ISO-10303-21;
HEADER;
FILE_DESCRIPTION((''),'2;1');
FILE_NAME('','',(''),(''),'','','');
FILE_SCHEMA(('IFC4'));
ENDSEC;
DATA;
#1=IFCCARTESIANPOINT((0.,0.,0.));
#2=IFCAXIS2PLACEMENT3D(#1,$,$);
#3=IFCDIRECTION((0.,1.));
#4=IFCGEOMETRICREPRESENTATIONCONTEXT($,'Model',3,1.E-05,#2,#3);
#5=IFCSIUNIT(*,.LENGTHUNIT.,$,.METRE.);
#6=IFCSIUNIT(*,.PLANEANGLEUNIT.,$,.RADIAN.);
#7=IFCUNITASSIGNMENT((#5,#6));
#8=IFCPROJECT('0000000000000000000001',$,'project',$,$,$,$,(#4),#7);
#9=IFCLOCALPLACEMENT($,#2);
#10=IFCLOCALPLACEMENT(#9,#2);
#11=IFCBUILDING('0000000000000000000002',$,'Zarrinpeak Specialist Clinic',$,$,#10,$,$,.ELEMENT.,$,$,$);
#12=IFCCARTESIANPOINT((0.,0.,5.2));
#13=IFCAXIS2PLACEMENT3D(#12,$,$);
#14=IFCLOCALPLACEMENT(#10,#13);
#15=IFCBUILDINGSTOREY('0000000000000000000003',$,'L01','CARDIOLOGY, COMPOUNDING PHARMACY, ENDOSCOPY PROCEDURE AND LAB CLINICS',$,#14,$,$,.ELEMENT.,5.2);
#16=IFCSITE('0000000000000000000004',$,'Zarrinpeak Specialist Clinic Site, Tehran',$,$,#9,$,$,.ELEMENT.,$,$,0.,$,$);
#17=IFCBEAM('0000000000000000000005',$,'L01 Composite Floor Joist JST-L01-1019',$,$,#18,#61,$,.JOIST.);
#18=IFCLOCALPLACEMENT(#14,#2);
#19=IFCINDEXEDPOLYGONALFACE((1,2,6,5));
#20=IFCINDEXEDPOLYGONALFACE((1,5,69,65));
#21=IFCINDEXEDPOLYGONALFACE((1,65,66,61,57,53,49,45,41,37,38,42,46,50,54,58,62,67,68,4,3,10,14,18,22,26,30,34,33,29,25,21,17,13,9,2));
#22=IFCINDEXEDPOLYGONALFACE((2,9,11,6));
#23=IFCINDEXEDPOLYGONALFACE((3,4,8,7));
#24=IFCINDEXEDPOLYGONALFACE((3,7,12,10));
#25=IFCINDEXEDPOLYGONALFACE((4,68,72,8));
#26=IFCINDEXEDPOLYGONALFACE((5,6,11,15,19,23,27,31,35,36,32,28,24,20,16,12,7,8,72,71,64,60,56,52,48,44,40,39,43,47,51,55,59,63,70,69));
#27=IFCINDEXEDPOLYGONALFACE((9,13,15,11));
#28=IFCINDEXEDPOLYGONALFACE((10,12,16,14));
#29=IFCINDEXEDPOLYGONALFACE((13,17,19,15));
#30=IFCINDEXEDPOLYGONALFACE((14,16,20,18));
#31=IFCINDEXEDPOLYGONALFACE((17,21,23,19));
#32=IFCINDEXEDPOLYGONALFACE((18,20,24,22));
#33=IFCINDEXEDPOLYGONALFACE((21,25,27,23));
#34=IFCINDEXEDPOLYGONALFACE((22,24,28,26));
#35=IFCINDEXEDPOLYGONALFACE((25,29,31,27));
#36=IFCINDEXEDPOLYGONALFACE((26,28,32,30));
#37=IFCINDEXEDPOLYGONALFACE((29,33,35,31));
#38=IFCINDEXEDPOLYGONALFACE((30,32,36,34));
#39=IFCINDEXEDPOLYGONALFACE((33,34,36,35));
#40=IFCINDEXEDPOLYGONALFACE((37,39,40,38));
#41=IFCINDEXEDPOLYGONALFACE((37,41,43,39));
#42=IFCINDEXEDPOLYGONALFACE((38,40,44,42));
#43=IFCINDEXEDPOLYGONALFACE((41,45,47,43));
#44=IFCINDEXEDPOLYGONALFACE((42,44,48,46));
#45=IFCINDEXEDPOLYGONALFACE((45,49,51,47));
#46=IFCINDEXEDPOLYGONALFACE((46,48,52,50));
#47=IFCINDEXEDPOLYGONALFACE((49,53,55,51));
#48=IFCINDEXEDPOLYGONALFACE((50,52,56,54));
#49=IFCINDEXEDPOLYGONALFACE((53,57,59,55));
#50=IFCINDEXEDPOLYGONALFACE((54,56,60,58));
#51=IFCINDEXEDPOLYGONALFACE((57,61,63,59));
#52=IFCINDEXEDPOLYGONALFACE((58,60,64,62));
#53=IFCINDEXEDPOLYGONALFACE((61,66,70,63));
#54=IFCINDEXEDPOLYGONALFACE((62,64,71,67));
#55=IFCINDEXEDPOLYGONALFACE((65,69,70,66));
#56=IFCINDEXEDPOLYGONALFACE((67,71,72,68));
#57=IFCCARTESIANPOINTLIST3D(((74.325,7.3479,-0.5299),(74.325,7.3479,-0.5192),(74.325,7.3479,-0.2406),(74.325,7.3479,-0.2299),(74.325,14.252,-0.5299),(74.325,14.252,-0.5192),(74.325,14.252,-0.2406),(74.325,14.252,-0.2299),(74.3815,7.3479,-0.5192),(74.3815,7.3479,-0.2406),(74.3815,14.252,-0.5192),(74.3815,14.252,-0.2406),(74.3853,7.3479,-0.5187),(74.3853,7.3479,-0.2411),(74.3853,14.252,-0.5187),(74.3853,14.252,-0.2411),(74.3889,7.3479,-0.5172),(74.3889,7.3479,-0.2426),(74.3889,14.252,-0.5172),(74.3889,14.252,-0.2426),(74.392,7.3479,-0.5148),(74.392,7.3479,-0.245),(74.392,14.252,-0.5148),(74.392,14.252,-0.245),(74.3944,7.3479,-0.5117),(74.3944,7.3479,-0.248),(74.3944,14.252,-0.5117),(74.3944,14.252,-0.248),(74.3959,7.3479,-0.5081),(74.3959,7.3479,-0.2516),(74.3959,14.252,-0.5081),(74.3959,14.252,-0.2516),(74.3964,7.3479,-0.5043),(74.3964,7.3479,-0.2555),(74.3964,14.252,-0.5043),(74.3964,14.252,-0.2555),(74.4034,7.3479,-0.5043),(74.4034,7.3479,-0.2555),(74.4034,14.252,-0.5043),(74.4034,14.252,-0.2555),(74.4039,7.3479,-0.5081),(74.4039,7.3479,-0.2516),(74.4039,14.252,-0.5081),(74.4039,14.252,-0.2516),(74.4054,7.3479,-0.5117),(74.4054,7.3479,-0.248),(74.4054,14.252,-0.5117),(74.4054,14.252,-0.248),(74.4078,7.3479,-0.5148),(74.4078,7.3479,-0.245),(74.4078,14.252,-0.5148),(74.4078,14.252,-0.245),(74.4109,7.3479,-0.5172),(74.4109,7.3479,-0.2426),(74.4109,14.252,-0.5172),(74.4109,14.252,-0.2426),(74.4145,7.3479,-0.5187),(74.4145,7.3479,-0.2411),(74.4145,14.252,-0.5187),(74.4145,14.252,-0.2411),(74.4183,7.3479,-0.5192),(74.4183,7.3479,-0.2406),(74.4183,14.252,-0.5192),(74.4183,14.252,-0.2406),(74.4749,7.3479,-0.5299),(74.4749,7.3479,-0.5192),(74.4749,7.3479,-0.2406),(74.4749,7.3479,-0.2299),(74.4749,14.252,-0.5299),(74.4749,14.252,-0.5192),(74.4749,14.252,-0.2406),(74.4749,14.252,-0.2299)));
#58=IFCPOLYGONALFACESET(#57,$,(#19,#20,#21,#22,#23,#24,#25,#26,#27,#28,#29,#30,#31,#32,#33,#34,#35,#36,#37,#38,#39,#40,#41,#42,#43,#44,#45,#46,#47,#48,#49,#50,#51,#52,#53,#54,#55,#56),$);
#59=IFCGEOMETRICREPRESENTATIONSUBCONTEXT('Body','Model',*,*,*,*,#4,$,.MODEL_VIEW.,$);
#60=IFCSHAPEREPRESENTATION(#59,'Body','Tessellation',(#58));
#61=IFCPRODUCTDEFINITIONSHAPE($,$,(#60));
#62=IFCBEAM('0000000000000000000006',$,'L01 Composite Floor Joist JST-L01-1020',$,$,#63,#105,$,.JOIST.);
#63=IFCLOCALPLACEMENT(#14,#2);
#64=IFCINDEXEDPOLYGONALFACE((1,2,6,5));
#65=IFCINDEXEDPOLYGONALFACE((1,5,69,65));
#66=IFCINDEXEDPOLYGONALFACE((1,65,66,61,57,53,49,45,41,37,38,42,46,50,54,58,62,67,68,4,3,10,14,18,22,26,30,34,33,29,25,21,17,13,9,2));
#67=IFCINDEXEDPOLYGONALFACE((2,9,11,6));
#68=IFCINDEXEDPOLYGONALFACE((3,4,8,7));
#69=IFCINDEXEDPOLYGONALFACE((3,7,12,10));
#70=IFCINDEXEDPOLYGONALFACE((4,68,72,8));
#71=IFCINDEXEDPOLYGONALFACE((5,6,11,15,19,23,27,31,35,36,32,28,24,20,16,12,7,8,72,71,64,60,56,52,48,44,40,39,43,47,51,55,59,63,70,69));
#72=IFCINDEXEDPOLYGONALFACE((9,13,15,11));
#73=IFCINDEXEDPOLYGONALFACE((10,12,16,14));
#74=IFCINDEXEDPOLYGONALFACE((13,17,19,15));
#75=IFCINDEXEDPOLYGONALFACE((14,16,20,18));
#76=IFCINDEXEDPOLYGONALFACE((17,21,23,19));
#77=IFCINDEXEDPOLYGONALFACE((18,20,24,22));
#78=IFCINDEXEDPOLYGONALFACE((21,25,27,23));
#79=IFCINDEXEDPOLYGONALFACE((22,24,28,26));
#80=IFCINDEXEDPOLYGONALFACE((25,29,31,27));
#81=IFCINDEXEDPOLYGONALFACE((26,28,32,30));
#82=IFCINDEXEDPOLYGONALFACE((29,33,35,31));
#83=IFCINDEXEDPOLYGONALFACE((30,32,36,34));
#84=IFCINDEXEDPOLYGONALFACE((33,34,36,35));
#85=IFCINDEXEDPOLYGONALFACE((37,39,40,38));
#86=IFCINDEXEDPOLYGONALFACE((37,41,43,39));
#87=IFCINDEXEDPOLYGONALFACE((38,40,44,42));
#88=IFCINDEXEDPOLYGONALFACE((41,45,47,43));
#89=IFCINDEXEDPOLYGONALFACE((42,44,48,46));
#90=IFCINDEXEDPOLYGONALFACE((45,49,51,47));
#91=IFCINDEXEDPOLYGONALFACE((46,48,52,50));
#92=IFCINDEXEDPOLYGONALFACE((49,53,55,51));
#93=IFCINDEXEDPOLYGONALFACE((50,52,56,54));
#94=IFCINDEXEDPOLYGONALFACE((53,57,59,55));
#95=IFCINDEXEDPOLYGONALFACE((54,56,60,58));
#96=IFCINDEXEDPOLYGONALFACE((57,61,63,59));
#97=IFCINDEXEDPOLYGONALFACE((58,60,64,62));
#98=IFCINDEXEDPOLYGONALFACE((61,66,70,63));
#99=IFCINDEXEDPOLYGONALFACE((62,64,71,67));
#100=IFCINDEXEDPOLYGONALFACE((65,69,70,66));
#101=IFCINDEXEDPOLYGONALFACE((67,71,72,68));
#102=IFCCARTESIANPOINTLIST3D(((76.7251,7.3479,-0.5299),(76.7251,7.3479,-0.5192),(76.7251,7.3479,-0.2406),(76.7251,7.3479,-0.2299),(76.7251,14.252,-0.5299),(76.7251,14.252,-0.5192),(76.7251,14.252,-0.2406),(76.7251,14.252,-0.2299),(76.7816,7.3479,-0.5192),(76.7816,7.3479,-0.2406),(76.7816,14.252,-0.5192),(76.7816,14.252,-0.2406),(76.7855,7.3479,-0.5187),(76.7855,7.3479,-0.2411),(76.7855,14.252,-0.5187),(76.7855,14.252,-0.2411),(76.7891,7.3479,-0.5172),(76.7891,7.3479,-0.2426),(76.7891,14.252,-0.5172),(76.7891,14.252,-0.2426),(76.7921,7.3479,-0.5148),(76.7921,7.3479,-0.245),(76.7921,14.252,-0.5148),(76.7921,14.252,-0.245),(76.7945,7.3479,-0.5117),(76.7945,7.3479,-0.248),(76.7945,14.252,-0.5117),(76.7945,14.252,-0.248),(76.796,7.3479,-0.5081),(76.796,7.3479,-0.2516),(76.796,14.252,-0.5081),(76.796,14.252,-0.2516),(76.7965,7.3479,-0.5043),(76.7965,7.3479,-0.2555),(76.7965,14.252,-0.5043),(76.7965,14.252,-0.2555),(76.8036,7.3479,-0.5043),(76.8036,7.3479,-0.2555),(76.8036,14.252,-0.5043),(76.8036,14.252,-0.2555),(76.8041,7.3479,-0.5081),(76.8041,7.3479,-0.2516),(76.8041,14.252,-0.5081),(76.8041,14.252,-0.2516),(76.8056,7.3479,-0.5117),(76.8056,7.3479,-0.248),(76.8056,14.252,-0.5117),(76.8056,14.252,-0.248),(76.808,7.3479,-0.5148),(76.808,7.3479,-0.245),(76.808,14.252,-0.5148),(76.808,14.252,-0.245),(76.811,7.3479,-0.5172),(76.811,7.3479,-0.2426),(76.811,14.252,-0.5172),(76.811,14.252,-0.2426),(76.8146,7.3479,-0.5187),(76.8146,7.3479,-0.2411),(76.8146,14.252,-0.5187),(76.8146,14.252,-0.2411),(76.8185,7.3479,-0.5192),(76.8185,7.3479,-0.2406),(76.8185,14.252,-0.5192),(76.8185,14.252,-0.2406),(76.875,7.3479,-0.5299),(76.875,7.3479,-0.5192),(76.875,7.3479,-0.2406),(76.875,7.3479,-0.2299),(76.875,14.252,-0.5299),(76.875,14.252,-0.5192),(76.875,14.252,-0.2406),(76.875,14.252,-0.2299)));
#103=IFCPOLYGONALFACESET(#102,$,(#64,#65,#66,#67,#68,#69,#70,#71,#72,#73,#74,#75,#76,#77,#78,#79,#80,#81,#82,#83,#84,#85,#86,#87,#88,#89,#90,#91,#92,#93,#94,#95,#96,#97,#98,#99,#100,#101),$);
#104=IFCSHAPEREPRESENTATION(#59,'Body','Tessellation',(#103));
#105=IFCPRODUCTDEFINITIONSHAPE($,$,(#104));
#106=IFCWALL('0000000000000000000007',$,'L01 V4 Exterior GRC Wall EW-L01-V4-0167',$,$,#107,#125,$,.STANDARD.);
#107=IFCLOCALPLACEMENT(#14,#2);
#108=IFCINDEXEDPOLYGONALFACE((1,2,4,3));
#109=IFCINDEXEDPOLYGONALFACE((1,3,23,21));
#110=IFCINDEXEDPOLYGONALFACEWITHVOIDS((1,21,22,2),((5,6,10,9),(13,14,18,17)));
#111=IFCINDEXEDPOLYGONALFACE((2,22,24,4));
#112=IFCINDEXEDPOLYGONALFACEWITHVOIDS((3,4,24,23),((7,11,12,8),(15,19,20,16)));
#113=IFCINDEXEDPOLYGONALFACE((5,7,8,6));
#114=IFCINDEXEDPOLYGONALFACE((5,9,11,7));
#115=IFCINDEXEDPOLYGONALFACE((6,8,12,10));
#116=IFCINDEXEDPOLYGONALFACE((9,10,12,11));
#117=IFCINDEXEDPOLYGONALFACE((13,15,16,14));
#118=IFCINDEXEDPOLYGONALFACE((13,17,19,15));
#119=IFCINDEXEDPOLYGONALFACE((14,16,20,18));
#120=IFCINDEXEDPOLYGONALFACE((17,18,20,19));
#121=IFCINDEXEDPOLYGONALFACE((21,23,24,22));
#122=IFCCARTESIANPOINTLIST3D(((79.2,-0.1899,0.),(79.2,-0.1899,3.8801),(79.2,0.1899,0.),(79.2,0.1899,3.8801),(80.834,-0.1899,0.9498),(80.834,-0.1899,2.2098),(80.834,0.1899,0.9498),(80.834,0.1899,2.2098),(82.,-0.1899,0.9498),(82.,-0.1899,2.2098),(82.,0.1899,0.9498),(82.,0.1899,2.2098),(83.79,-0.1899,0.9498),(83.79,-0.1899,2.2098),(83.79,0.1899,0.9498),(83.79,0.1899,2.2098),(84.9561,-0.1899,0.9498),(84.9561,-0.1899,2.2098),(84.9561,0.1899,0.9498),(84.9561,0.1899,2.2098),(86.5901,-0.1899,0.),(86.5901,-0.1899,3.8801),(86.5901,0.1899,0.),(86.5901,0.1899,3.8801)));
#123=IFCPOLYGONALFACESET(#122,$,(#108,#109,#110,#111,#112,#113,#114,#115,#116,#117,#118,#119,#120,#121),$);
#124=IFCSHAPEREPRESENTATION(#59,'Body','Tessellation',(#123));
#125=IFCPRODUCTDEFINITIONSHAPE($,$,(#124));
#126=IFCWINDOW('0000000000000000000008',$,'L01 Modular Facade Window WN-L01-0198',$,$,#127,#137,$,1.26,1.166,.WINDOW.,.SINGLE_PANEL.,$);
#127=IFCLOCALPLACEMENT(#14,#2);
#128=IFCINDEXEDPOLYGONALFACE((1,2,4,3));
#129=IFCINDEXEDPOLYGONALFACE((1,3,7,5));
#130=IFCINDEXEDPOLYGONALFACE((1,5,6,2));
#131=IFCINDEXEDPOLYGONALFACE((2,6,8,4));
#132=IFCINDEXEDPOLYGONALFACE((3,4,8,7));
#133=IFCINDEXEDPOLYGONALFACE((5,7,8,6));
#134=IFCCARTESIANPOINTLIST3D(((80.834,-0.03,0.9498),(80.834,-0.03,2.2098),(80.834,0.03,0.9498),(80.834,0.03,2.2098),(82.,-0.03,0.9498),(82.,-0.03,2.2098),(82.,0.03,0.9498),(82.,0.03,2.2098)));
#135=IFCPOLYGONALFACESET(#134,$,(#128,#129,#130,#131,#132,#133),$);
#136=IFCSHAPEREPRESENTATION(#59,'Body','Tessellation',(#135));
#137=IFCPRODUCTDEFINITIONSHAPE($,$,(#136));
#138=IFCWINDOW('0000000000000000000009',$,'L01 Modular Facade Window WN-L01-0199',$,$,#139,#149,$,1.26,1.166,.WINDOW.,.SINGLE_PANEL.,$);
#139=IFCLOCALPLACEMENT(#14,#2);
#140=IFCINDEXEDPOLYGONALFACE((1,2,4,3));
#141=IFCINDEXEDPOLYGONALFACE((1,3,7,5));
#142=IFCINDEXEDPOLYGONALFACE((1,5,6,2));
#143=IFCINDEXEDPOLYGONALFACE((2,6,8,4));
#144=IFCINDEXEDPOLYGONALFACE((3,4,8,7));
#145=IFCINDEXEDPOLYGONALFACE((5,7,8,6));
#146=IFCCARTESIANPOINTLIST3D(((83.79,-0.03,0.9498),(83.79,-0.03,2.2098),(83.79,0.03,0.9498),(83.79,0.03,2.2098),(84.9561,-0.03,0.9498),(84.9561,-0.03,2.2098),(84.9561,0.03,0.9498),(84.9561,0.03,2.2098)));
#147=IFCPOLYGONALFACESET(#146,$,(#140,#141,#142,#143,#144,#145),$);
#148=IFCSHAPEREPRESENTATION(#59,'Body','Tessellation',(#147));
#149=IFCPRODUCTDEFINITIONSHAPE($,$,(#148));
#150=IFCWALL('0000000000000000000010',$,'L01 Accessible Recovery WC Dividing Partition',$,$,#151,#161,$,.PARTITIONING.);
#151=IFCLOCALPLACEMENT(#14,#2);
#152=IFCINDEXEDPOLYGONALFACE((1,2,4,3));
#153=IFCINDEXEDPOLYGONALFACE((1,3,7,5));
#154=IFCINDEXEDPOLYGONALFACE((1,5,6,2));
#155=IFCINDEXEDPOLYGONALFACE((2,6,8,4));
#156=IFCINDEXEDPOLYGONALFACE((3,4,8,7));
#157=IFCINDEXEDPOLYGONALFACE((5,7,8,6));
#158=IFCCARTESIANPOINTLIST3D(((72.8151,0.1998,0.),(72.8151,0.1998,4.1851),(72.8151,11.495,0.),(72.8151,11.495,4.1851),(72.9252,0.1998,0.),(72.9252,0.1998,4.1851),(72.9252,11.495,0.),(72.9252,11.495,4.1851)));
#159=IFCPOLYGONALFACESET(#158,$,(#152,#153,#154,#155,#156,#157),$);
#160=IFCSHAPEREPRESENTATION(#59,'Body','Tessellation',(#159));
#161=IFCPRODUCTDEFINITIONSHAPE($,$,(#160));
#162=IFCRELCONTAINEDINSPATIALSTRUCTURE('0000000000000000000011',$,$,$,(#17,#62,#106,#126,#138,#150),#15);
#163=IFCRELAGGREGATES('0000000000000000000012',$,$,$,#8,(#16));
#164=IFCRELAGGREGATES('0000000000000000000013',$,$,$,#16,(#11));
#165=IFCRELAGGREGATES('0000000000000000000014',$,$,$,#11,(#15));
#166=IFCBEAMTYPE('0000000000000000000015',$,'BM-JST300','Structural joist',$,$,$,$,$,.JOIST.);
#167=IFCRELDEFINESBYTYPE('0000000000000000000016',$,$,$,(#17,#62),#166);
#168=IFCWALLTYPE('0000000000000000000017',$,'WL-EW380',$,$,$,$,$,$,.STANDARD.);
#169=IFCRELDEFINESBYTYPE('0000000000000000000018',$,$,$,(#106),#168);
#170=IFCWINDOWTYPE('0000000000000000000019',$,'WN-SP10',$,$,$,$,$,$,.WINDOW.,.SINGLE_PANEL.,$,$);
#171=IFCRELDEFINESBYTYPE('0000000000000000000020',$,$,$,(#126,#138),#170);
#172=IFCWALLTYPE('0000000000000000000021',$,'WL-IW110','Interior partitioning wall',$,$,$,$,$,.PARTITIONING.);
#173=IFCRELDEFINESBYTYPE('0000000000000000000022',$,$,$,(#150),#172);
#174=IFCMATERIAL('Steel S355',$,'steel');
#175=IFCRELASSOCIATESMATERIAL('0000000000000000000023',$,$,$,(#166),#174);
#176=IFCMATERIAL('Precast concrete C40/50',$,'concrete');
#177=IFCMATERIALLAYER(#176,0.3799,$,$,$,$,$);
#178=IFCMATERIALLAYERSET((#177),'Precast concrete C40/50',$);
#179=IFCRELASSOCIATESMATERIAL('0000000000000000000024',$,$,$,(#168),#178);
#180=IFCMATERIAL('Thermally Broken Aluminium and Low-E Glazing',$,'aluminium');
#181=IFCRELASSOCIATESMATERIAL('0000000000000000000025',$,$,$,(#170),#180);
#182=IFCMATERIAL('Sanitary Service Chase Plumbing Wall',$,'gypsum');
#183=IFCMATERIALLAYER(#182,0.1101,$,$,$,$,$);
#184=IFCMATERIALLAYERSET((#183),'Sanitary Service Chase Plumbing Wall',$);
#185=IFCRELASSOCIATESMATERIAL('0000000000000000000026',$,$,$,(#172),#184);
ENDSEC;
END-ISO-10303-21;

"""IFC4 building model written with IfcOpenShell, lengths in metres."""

from ifc_helpers import new_model, si_unit, direction, frame, frame_2d, origin, origin_2d, place, context, subcontext, project, spatial, rectangle, i_section, extrude, material, layer, layer_set, material_profile, profile_set, type_object, element, fill, save


model = new_model("IFC4")

# Units and contexts
model_context = context("Model", 3, precision=1e-05, world=origin(), true_north=direction((0.0, 1.0)))
body_context = subcontext(model_context, "Body", "Model", "MODEL_VIEW")
ifc_project = project(units=[si_unit("LENGTHUNIT", "METRE"), si_unit("PLANEANGLEUNIT", "RADIAN")], contexts=[model_context])

# Site, building, storey
site_placement = place(None, origin())
site = spatial("IfcSite", under=ifc_project, at=site_placement, Name="Zarrinpeak Specialist Clinic Site, Tehran", CompositionType="ELEMENT", RefElevation=0.0)
building_placement = place(site_placement, origin())
building = spatial("IfcBuilding", under=site, at=building_placement, Name="Zarrinpeak Specialist Clinic", CompositionType="ELEMENT")
storey_placement = place(building_placement, frame((0.0, 0.0, 5.2)))
storey = spatial("IfcBuildingStorey", under=building, at=storey_placement, Name="L01", Description="CARDIOLOGY, COMPOUNDING PHARMACY, ENDOSCOPY PROCEDURE AND LAB CLINICS", CompositionType="ELEMENT", Elevation=5.2)

# Shared definitions
ifc_material_1 = material(Name="Steel S355", Category="steel")

# Beams
ifc_material_profile_1 = material_profile(ifc_material_1, i_section(OverallWidth=0.1499, OverallDepth=0.3, WebThickness=0.0071, FlangeThickness=0.0107, FilletRadius=0.0149, at=origin_2d()), Name="IPE 300")
ifc_profile_set_1 = profile_set([ifc_material_profile_1], Name="Steel S355")
beam_type_1 = type_object("IfcBeamType", Name="BM-JST300", Description="Structural joist", PredefinedType="JOIST", material=ifc_profile_set_1)
for number, where, z_axis, x_axis, name in (
    (1, (74.3999, 7.3479, -0.3799), (0.0, 1.0, 0.0), (-1.0, 0.0, 0.0), "L01 Composite Floor Joist JST-L01-1019"),
    (2, (76.8, 7.3479, -0.3799), (0.0, 1.0, 0.0), (-1.0, 0.0, 0.0), "L01 Composite Floor Joist JST-L01-1020"),
):
    element("IfcBeam", number, at=place(storey_placement, frame(where, z_axis=z_axis, x_axis=x_axis)), inside=storey, type_object=beam_type_1, Name=name, PredefinedType="JOIST", context=body_context, shape_type="SweptSolid", body=[
        extrude(i_section(OverallWidth=0.1499, OverallDepth=0.3, WebThickness=0.0071, FlangeThickness=0.0107, FilletRadius=0.0149, at=origin_2d()), origin(), (0.0, 0.0, 1.0), 6.9041),
    ])

# Wall, openings, windows
ifc_material_2 = material(Name="Precast concrete C40/50", Category="concrete")
ifc_layer_1 = layer(ifc_material_2, 0.3799)
ifc_layer_set_1 = layer_set([ifc_layer_1], Name="Precast concrete C40/50")
wall_type_1 = type_object("IfcWallType", Name="WL-EW380", PredefinedType="STANDARD", material=ifc_layer_set_1)
wall_1_placement = place(storey_placement, frame((79.2, 0.0, 0.0), z_axis=(0.0, 0.0, 1.0), x_axis=(1.0, 0.0, 0.0)))
wall_1 = element("IfcWall", 3, at=wall_1_placement, inside=storey, type_object=wall_type_1, Name="L01 V4 Exterior GRC Wall EW-L01-V4-0167", PredefinedType="STANDARD", context=body_context, shape_type="SweptSolid", body=[
    extrude(rectangle(XDim=7.3901, YDim=0.3799, at=frame_2d((3.6951, 0.0))), origin(), (0.0, 0.0, 1.0), 3.8801),
])
opening_1_placement = place(wall_1_placement, frame((1.634, 0.0, 0.95)))
opening_1 = element("IfcOpeningElement", 4, at=opening_1_placement, cuts=wall_1, PredefinedType="OPENING", context=body_context, shape_type="SweptSolid", body=[
    extrude(rectangle(XDim=1.166, YDim=1.26, at=frame_2d((0.583, 0.6299))), frame((0.0, 0.2, 0.0), z_axis=(0.0, -1.0, 0.0), x_axis=(1.0, 0.0, 0.0)), (0.0, 0.0, 1.0), 0.3999),
])
opening_2_placement = place(wall_1_placement, frame((4.5901, 0.0, 0.95)))
opening_2 = element("IfcOpeningElement", 5, at=opening_2_placement, cuts=wall_1, PredefinedType="OPENING", context=body_context, shape_type="SweptSolid", body=[
    extrude(rectangle(XDim=1.166, YDim=1.26, at=frame_2d((0.583, 0.6299))), frame((0.0, 0.2, 0.0), z_axis=(0.0, -1.0, 0.0), x_axis=(1.0, 0.0, 0.0)), (0.0, 0.0, 1.0), 0.3999),
])
ifc_material_3 = material(Name="Thermally Broken Aluminium and Low-E Glazing", Category="aluminium")
window_type = type_object("IfcWindowType", Name="WN-SP10", PartitioningType="SINGLE_PANEL", PredefinedType="WINDOW", material=ifc_material_3)
window_1_placement = place(opening_1_placement, origin())
window_1 = element("IfcWindow", 6, at=window_1_placement, inside=storey, type_object=window_type, Name="L01 Modular Facade Window WN-L01-0198", OverallHeight=1.26, OverallWidth=1.166, PartitioningType="SINGLE_PANEL", PredefinedType="WINDOW", context=body_context, shape_type="SweptSolid", body=[
    extrude(rectangle(XDim=1.166, YDim=1.26, at=frame_2d((0.583, 0.6299))), frame((0.0, 0.03, 0.0), z_axis=(0.0, -1.0, 0.0), x_axis=(1.0, 0.0, 0.0)), (0.0, 0.0, 1.0), 0.0601),
])
fill(opening_1, window_1)
window_2_placement = place(opening_2_placement, origin())
window_2 = element("IfcWindow", 7, at=window_2_placement, inside=storey, type_object=window_type, Name="L01 Modular Facade Window WN-L01-0199", OverallHeight=1.26, OverallWidth=1.166, PartitioningType="SINGLE_PANEL", PredefinedType="WINDOW", context=body_context, shape_type="SweptSolid", body=[
    extrude(rectangle(XDim=1.166, YDim=1.26, at=frame_2d((0.583, 0.6299))), frame((0.0, 0.03, 0.0), z_axis=(0.0, -1.0, 0.0), x_axis=(1.0, 0.0, 0.0)), (0.0, 0.0, 1.0), 0.0601),
])
fill(opening_2, window_2)

# Wall
ifc_material_4 = material(Name="Sanitary Service Chase Plumbing Wall", Category="gypsum")
ifc_layer_2 = layer(ifc_material_4, 0.1101)
ifc_layer_set_2 = layer_set([ifc_layer_2], Name="Sanitary Service Chase Plumbing Wall")
wall_type_2 = type_object("IfcWallType", Name="WL-IW110", Description="Interior partitioning wall", PredefinedType="PARTITIONING", material=ifc_layer_set_2)
wall_2_placement = place(storey_placement, frame((72.8701, 0.2, 0.0), z_axis=(0.0, 0.0, 1.0), x_axis=(0.0, 1.0, 0.0)))
element("IfcWall", 8, at=wall_2_placement, inside=storey, type_object=wall_type_2, Name="L01 Accessible Recovery WC Dividing Partition", PredefinedType="PARTITIONING", context=body_context, shape_type="SweptSolid", body=[
    extrude(rectangle(XDim=11.2952, YDim=0.1101, at=frame_2d((5.6475, 0.0))), origin(), (0.0, 0.0, 1.0), 4.1851),
])

save(model, "model.ifc")
